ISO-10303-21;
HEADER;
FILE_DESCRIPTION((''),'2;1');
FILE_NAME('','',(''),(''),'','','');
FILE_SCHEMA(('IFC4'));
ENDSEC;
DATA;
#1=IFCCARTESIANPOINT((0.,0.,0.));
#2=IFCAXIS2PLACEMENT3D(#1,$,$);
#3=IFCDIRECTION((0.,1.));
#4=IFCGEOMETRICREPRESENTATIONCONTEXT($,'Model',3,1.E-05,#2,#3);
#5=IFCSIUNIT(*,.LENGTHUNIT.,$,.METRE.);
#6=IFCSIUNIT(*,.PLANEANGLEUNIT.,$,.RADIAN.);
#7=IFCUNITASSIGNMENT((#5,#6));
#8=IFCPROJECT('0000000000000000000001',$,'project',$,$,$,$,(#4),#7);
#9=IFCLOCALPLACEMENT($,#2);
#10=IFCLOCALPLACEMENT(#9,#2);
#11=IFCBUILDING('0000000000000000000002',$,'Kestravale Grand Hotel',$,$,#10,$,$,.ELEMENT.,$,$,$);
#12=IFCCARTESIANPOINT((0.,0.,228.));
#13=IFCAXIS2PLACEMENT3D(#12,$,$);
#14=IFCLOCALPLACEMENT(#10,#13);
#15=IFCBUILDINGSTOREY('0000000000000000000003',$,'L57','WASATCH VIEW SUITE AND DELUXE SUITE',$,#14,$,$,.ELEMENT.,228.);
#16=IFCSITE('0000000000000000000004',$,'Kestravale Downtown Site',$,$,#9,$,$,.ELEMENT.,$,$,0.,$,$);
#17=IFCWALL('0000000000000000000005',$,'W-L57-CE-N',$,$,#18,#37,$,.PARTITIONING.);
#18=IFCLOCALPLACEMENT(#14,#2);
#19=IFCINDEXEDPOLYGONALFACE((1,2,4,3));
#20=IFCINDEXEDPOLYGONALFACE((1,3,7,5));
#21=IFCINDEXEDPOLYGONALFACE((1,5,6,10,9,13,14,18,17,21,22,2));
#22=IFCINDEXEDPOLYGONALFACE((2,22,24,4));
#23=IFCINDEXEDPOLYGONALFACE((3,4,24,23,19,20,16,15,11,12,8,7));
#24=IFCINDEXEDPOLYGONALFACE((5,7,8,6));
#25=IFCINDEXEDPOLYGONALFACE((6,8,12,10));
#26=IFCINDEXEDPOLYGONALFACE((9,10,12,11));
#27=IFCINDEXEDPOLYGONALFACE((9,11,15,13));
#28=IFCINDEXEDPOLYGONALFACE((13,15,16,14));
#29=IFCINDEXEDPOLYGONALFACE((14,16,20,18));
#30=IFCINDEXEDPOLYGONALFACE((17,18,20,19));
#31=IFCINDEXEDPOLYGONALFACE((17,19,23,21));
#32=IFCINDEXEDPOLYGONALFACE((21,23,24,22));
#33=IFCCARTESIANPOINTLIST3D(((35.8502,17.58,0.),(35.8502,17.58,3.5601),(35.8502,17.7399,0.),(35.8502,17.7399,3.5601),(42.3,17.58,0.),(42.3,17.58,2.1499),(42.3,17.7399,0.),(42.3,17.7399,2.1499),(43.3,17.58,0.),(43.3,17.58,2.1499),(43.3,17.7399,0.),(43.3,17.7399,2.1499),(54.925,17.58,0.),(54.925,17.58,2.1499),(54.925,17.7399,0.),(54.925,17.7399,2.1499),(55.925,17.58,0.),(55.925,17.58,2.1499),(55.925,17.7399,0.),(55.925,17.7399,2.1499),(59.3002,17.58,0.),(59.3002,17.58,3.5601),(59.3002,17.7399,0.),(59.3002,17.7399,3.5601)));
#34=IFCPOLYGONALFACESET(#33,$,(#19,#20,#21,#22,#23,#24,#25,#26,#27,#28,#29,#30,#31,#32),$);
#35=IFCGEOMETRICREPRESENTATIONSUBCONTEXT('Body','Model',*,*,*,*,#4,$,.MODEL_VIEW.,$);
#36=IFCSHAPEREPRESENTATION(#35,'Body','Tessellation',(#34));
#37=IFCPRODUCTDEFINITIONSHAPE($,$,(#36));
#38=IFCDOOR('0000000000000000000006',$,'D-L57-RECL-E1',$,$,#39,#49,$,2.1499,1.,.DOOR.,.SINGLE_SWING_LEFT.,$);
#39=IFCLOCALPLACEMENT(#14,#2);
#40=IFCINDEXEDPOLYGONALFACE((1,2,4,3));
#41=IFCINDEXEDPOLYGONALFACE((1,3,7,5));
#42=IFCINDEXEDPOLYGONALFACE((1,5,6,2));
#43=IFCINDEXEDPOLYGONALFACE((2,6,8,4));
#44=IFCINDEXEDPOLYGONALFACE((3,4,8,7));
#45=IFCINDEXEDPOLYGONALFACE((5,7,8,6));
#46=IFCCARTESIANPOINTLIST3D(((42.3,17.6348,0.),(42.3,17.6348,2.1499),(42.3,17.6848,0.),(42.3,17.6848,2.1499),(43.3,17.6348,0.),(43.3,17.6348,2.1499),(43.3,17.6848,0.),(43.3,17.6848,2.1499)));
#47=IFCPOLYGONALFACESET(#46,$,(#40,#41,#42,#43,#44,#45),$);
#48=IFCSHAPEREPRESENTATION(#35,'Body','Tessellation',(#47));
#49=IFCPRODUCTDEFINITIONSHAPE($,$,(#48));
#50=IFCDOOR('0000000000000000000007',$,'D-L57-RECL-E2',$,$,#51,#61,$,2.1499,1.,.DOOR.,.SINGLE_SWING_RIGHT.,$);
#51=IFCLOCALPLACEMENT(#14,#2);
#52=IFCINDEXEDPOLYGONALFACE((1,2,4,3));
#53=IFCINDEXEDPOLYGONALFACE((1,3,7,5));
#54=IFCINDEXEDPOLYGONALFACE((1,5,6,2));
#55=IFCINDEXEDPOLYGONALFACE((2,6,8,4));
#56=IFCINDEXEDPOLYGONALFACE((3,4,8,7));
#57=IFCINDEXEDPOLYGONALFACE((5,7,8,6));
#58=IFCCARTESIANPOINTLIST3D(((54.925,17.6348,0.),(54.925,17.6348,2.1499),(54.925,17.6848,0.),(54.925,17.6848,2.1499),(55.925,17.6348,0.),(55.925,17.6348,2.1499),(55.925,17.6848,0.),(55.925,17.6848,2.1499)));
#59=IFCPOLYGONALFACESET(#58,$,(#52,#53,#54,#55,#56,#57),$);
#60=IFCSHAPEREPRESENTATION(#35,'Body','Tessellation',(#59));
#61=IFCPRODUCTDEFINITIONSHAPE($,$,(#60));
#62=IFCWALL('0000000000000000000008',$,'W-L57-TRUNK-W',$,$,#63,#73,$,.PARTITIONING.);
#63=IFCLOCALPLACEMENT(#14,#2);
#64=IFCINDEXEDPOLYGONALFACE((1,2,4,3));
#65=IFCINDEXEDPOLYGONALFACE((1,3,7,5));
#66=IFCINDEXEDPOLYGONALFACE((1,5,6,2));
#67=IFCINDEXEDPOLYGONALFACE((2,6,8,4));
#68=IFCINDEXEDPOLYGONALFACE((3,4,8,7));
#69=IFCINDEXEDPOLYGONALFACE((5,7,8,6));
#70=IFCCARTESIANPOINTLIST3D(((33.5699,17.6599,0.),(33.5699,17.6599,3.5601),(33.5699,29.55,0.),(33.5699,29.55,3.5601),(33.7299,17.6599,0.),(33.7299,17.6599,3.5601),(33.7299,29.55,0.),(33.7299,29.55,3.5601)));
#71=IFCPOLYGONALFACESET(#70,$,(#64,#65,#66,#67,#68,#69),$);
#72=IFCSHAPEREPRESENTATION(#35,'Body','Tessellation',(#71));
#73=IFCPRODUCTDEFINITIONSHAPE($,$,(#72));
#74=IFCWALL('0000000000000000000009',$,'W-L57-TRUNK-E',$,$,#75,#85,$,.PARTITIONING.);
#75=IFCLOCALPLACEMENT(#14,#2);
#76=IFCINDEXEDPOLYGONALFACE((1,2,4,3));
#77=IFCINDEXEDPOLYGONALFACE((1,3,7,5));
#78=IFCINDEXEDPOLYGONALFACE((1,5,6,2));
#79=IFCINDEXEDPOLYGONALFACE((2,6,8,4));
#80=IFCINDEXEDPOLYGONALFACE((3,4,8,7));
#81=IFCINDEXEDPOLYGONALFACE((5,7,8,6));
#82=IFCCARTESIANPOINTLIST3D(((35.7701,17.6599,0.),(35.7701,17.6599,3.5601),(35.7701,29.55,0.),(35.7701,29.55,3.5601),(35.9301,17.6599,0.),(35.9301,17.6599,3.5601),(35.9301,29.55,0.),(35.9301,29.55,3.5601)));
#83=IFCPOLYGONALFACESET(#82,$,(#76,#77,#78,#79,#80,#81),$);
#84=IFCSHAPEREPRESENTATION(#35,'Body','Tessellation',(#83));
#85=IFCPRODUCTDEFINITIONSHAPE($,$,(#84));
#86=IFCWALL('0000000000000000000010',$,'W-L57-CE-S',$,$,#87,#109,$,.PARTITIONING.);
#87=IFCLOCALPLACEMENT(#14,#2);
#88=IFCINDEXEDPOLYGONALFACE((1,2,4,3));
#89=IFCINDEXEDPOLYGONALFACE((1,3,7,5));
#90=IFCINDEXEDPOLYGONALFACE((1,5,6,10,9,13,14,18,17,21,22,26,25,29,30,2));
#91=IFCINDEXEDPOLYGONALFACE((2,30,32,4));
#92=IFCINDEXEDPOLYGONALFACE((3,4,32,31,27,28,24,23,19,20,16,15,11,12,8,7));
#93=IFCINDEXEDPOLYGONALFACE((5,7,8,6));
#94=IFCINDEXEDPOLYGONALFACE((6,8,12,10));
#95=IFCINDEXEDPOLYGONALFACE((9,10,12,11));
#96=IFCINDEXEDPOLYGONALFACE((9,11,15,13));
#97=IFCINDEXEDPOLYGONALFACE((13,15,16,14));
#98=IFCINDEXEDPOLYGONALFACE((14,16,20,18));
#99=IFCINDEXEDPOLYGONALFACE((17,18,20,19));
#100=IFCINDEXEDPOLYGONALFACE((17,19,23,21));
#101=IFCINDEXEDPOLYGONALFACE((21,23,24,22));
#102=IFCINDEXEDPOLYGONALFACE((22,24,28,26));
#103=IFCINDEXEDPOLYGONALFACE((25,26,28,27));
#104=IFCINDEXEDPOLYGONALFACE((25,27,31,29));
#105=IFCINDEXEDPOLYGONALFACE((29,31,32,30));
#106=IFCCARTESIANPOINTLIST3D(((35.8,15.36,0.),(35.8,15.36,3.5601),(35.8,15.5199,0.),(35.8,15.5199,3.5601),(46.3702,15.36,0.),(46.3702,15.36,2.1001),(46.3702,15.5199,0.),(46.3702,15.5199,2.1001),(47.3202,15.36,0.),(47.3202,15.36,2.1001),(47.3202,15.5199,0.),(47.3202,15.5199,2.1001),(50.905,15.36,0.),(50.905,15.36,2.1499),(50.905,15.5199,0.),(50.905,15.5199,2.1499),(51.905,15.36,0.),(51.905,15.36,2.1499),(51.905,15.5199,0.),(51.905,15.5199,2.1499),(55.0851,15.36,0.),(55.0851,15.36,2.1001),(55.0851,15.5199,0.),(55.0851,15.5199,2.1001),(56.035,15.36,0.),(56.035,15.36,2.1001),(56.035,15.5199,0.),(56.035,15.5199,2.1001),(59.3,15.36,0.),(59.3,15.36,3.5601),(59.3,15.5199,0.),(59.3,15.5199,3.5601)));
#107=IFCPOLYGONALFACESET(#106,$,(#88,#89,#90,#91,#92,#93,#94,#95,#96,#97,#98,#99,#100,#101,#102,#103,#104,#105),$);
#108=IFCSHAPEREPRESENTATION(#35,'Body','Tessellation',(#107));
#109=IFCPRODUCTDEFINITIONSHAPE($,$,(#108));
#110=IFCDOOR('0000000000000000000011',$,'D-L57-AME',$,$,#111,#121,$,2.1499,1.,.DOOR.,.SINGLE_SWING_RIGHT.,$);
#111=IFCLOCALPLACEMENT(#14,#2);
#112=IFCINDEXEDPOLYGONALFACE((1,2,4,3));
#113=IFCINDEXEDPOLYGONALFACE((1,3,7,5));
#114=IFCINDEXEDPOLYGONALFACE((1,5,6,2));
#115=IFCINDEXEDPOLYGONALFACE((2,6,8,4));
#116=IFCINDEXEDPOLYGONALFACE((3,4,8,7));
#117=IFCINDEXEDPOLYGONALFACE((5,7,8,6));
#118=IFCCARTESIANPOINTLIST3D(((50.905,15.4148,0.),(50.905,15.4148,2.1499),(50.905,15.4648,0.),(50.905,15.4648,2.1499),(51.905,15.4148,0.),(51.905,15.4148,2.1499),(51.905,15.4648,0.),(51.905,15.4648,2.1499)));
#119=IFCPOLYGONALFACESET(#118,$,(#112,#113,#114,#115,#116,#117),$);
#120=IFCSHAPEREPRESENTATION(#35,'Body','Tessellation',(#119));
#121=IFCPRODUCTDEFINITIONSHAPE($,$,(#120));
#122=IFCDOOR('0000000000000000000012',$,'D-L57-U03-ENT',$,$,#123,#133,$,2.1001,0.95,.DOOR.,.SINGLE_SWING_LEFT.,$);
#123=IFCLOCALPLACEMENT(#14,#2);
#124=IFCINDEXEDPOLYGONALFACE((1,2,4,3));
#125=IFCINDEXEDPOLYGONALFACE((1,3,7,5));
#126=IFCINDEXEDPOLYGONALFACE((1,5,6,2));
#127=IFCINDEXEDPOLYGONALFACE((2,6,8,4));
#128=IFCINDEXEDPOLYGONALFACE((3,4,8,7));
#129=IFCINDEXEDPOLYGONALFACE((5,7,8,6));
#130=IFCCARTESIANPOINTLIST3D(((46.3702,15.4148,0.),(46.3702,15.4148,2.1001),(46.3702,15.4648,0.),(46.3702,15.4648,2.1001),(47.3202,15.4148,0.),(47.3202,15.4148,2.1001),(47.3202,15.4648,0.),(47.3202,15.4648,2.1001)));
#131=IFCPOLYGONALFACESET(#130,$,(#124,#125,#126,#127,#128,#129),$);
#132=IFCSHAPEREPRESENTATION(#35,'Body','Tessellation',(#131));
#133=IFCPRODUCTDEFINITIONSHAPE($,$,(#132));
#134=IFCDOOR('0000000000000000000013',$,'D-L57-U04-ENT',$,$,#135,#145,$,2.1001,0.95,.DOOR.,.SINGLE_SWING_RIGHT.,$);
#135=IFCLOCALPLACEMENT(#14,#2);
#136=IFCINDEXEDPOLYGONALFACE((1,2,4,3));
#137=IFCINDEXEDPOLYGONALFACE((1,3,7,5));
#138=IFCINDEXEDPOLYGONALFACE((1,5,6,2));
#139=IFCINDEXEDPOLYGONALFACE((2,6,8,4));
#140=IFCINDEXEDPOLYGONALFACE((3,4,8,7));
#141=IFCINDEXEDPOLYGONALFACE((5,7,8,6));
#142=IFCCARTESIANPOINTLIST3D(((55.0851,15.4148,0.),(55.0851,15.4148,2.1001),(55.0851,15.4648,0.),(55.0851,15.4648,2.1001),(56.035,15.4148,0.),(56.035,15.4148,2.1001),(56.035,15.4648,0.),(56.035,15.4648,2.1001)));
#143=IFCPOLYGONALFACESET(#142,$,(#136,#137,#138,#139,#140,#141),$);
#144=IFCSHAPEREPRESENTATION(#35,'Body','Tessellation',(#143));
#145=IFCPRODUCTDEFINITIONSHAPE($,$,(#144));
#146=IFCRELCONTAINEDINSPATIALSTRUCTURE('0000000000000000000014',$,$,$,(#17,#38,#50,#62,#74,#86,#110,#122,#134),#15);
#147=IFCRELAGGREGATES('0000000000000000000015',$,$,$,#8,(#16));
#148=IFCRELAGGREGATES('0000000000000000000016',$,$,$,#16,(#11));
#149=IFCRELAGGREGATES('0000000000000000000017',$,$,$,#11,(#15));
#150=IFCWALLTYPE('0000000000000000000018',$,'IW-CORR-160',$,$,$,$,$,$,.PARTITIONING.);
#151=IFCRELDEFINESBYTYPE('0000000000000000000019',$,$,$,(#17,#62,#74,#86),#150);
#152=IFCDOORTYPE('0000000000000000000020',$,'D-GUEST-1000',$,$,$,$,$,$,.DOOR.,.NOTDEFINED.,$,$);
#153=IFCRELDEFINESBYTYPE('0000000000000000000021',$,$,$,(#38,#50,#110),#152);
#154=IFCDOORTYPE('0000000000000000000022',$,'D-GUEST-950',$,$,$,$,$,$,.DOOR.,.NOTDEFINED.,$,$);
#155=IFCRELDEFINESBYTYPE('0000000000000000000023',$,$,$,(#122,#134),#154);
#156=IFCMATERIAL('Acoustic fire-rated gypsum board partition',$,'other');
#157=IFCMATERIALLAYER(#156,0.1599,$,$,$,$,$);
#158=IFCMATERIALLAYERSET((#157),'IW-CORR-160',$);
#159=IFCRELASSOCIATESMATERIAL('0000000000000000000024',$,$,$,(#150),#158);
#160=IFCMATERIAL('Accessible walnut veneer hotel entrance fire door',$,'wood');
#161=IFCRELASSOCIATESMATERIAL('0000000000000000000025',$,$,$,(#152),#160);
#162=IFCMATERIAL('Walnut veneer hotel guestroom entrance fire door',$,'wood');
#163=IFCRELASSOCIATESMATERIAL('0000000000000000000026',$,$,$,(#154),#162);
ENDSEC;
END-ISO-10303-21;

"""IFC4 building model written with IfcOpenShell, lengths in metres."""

from ifc_helpers import new_model, si_unit, direction, frame, frame_2d, origin, place, context, subcontext, project, spatial, rectangle, extrude, material, layer, layer_set, type_object, element, fill, save


model = new_model("IFC4")

# Units and contexts
model_context = context("Model", 3, precision=1e-05, world=origin(), true_north=direction((0.0, 1.0)))
body_context = subcontext(model_context, "Body", "Model", "MODEL_VIEW")
ifc_project = project(units=[si_unit("LENGTHUNIT", "METRE"), si_unit("PLANEANGLEUNIT", "RADIAN")], contexts=[model_context])

# Site, building, storey
site_placement = place(None, origin())
site = spatial("IfcSite", under=ifc_project, at=site_placement, Name="Kestravale Downtown Site", CompositionType="ELEMENT", RefElevation=0.0)
building_placement = place(site_placement, origin())
building = spatial("IfcBuilding", under=site, at=building_placement, Name="Kestravale Grand Hotel", CompositionType="ELEMENT")
storey_placement = place(building_placement, frame((0.0, 0.0, 228.0)))
storey = spatial("IfcBuildingStorey", under=building, at=storey_placement, Name="L57", Description="WASATCH VIEW SUITE AND DELUXE SUITE", CompositionType="ELEMENT", Elevation=228.0)

# Wall, openings, doors
ifc_material_1 = material(Name="Acoustic fire-rated gypsum board partition", Category="other")
ifc_layer_1 = layer(ifc_material_1, 0.1599)
ifc_layer_set_1 = layer_set([ifc_layer_1], Name="IW-CORR-160")
wall_type_1 = type_object("IfcWallType", Name="IW-CORR-160", PredefinedType="PARTITIONING", material=ifc_layer_set_1)
wall_1_placement = place(storey_placement, frame((35.8501, 17.6599, 0.0), z_axis=(0.0, 0.0, 1.0), x_axis=(1.0, 0.0, 0.0)))
wall_1 = element("IfcWall", 1, at=wall_1_placement, inside=storey, type_object=wall_type_1, Name="W-L57-CE-N", PredefinedType="PARTITIONING", context=body_context, shape_type="SweptSolid", body=[
    extrude(rectangle(XDim=23.45, YDim=0.1599, at=frame_2d((11.7251, 0.0))), origin(), (0.0, 0.0, 1.0), 3.5601),
])
opening_1_placement = place(wall_1_placement, frame((6.45, 0.0, 0.0)))
opening_1 = element("IfcOpeningElement", 2, at=opening_1_placement, cuts=wall_1, PredefinedType="OPENING", context=body_context, shape_type="SweptSolid", body=[
    extrude(rectangle(XDim=1.0, YDim=2.1499, at=frame_2d((0.5, 1.075))), frame((0.0, 0.0898, 0.0), z_axis=(0.0, -1.0, 0.0), x_axis=(1.0, 0.0, 0.0)), (0.0, 0.0, 1.0), 0.1799),
])
opening_2_placement = place(wall_1_placement, frame((19.075, 0.0, 0.0)))
opening_2 = element("IfcOpeningElement", 3, at=opening_2_placement, cuts=wall_1, PredefinedType="OPENING", context=body_context, shape_type="SweptSolid", body=[
    extrude(rectangle(XDim=1.0, YDim=2.1499, at=frame_2d((0.5, 1.075))), frame((0.0, 0.0898, 0.0), z_axis=(0.0, -1.0, 0.0), x_axis=(1.0, 0.0, 0.0)), (0.0, 0.0, 1.0), 0.1799),
])
ifc_material_2 = material(Name="Accessible walnut veneer hotel entrance fire door", Category="wood")
door_type_1 = type_object("IfcDoorType", Name="D-GUEST-1000", OperationType="NOTDEFINED", PredefinedType="DOOR", material=ifc_material_2)
door_1_placement = place(opening_1_placement, origin())
door_1 = element("IfcDoor", 4, at=door_1_placement, inside=storey, type_object=door_type_1, Name="D-L57-RECL-E1", OperationType="SINGLE_SWING_LEFT", OverallHeight=2.1499, OverallWidth=1.0, PredefinedType="DOOR", context=body_context, shape_type="SweptSolid", body=[
    extrude(rectangle(XDim=1.0, YDim=2.1499, at=frame_2d((0.5, 1.075))), frame((0.0, 0.0249, 0.0), z_axis=(0.0, -1.0, 0.0), x_axis=(1.0, 0.0, 0.0)), (0.0, 0.0, 1.0), 0.05),
])
fill(opening_1, door_1)
door_2_placement = place(opening_2_placement, origin())
door_2 = element("IfcDoor", 5, at=door_2_placement, inside=storey, type_object=door_type_1, Name="D-L57-RECL-E2", OperationType="SINGLE_SWING_RIGHT", OverallHeight=2.1499, OverallWidth=1.0, PredefinedType="DOOR", context=body_context, shape_type="SweptSolid", body=[
    extrude(rectangle(XDim=1.0, YDim=2.1499, at=frame_2d((0.5, 1.075))), frame((0.0, 0.0249, 0.0), z_axis=(0.0, -1.0, 0.0), x_axis=(1.0, 0.0, 0.0)), (0.0, 0.0, 1.0), 0.05),
])
fill(opening_2, door_2)

# Walls
for number, where, z_axis, x_axis, name in (
    (6, (33.6499, 17.6599, 0.0), (0.0, 0.0, 1.0), (0.0, 1.0, 0.0), "W-L57-TRUNK-W"),
    (7, (35.8501, 17.6599, 0.0), (0.0, 0.0, 1.0), (0.0, 1.0, 0.0), "W-L57-TRUNK-E"),
):
    element("IfcWall", number, at=place(storey_placement, frame(where, z_axis=z_axis, x_axis=x_axis)), inside=storey, type_object=wall_type_1, Name=name, PredefinedType="PARTITIONING", context=body_context, shape_type="SweptSolid", body=[
        extrude(rectangle(XDim=11.8901, YDim=0.1599, at=frame_2d((5.9451, 0.0))), origin(), (0.0, 0.0, 1.0), 3.5601),
    ])

# Wall, openings, doors
wall_2_placement = place(storey_placement, frame((35.8, 15.4399, 0.0), z_axis=(0.0, 0.0, 1.0), x_axis=(1.0, 0.0, 0.0)))
wall_2 = element("IfcWall", 8, at=wall_2_placement, inside=storey, type_object=wall_type_1, Name="W-L57-CE-S", PredefinedType="PARTITIONING", context=body_context, shape_type="SweptSolid", body=[
    extrude(rectangle(XDim=23.5, YDim=0.1599, at=frame_2d((11.75, 0.0))), origin(), (0.0, 0.0, 1.0), 3.5601),
])
opening_3_placement = place(wall_2_placement, frame((10.5701, 0.0, 0.0)))
opening_3 = element("IfcOpeningElement", 9, at=opening_3_placement, cuts=wall_2, PredefinedType="OPENING", context=body_context, shape_type="SweptSolid", body=[
    extrude(rectangle(XDim=0.95, YDim=2.1001, at=frame_2d((0.4751, 1.05))), frame((0.0, 0.0898, 0.0), z_axis=(0.0, -1.0, 0.0), x_axis=(1.0, 0.0, 0.0)), (0.0, 0.0, 1.0), 0.1799),
])
opening_4_placement = place(wall_2_placement, frame((15.105, 0.0, 0.0)))
opening_4 = element("IfcOpeningElement", 10, at=opening_4_placement, cuts=wall_2, PredefinedType="OPENING", context=body_context, shape_type="SweptSolid", body=[
    extrude(rectangle(XDim=1.0, YDim=2.1499, at=frame_2d((0.5, 1.075))), frame((0.0, 0.0898, 0.0), z_axis=(0.0, -1.0, 0.0), x_axis=(1.0, 0.0, 0.0)), (0.0, 0.0, 1.0), 0.1799),
])
opening_5_placement = place(wall_2_placement, frame((19.2849, 0.0, 0.0)))
opening_5 = element("IfcOpeningElement", 11, at=opening_5_placement, cuts=wall_2, PredefinedType="OPENING", context=body_context, shape_type="SweptSolid", body=[
    extrude(rectangle(XDim=0.95, YDim=2.1001, at=frame_2d((0.4751, 1.05))), frame((0.0, 0.0898, 0.0), z_axis=(0.0, -1.0, 0.0), x_axis=(1.0, 0.0, 0.0)), (0.0, 0.0, 1.0), 0.1799),
])
door_3_placement = place(opening_4_placement, origin())
door_3 = element("IfcDoor", 12, at=door_3_placement, inside=storey, type_object=door_type_1, Name="D-L57-AME", OperationType="SINGLE_SWING_RIGHT", OverallHeight=2.1499, OverallWidth=1.0, PredefinedType="DOOR", context=body_context, shape_type="SweptSolid", body=[
    extrude(rectangle(XDim=1.0, YDim=2.1499, at=frame_2d((0.5, 1.075))), frame((0.0, 0.0249, 0.0), z_axis=(0.0, -1.0, 0.0), x_axis=(1.0, 0.0, 0.0)), (0.0, 0.0, 1.0), 0.05),
])
fill(opening_4, door_3)
ifc_material_3 = material(Name="Walnut veneer hotel guestroom entrance fire door", Category="wood")
door_type_2 = type_object("IfcDoorType", Name="D-GUEST-950", OperationType="NOTDEFINED", PredefinedType="DOOR", material=ifc_material_3)
door_4_placement = place(opening_3_placement, origin())
door_4 = element("IfcDoor", 13, at=door_4_placement, inside=storey, type_object=door_type_2, Name="D-L57-U03-ENT", OperationType="SINGLE_SWING_LEFT", OverallHeight=2.1001, OverallWidth=0.95, PredefinedType="DOOR", context=body_context, shape_type="SweptSolid", body=[
    extrude(rectangle(XDim=0.95, YDim=2.1001, at=frame_2d((0.4751, 1.05))), frame((0.0, 0.0249, 0.0), z_axis=(0.0, -1.0, 0.0), x_axis=(1.0, 0.0, 0.0)), (0.0, 0.0, 1.0), 0.05),
])
fill(opening_3, door_4)
door_5_placement = place(opening_5_placement, origin())
door_5 = element("IfcDoor", 14, at=door_5_placement, inside=storey, type_object=door_type_2, Name="D-L57-U04-ENT", OperationType="SINGLE_SWING_RIGHT", OverallHeight=2.1001, OverallWidth=0.95, PredefinedType="DOOR", context=body_context, shape_type="SweptSolid", body=[
    extrude(rectangle(XDim=0.95, YDim=2.1001, at=frame_2d((0.4751, 1.05))), frame((0.0, 0.0249, 0.0), z_axis=(0.0, -1.0, 0.0), x_axis=(1.0, 0.0, 0.0)), (0.0, 0.0, 1.0), 0.05),
])
fill(opening_5, door_5)

save(model, "model.ifc")
